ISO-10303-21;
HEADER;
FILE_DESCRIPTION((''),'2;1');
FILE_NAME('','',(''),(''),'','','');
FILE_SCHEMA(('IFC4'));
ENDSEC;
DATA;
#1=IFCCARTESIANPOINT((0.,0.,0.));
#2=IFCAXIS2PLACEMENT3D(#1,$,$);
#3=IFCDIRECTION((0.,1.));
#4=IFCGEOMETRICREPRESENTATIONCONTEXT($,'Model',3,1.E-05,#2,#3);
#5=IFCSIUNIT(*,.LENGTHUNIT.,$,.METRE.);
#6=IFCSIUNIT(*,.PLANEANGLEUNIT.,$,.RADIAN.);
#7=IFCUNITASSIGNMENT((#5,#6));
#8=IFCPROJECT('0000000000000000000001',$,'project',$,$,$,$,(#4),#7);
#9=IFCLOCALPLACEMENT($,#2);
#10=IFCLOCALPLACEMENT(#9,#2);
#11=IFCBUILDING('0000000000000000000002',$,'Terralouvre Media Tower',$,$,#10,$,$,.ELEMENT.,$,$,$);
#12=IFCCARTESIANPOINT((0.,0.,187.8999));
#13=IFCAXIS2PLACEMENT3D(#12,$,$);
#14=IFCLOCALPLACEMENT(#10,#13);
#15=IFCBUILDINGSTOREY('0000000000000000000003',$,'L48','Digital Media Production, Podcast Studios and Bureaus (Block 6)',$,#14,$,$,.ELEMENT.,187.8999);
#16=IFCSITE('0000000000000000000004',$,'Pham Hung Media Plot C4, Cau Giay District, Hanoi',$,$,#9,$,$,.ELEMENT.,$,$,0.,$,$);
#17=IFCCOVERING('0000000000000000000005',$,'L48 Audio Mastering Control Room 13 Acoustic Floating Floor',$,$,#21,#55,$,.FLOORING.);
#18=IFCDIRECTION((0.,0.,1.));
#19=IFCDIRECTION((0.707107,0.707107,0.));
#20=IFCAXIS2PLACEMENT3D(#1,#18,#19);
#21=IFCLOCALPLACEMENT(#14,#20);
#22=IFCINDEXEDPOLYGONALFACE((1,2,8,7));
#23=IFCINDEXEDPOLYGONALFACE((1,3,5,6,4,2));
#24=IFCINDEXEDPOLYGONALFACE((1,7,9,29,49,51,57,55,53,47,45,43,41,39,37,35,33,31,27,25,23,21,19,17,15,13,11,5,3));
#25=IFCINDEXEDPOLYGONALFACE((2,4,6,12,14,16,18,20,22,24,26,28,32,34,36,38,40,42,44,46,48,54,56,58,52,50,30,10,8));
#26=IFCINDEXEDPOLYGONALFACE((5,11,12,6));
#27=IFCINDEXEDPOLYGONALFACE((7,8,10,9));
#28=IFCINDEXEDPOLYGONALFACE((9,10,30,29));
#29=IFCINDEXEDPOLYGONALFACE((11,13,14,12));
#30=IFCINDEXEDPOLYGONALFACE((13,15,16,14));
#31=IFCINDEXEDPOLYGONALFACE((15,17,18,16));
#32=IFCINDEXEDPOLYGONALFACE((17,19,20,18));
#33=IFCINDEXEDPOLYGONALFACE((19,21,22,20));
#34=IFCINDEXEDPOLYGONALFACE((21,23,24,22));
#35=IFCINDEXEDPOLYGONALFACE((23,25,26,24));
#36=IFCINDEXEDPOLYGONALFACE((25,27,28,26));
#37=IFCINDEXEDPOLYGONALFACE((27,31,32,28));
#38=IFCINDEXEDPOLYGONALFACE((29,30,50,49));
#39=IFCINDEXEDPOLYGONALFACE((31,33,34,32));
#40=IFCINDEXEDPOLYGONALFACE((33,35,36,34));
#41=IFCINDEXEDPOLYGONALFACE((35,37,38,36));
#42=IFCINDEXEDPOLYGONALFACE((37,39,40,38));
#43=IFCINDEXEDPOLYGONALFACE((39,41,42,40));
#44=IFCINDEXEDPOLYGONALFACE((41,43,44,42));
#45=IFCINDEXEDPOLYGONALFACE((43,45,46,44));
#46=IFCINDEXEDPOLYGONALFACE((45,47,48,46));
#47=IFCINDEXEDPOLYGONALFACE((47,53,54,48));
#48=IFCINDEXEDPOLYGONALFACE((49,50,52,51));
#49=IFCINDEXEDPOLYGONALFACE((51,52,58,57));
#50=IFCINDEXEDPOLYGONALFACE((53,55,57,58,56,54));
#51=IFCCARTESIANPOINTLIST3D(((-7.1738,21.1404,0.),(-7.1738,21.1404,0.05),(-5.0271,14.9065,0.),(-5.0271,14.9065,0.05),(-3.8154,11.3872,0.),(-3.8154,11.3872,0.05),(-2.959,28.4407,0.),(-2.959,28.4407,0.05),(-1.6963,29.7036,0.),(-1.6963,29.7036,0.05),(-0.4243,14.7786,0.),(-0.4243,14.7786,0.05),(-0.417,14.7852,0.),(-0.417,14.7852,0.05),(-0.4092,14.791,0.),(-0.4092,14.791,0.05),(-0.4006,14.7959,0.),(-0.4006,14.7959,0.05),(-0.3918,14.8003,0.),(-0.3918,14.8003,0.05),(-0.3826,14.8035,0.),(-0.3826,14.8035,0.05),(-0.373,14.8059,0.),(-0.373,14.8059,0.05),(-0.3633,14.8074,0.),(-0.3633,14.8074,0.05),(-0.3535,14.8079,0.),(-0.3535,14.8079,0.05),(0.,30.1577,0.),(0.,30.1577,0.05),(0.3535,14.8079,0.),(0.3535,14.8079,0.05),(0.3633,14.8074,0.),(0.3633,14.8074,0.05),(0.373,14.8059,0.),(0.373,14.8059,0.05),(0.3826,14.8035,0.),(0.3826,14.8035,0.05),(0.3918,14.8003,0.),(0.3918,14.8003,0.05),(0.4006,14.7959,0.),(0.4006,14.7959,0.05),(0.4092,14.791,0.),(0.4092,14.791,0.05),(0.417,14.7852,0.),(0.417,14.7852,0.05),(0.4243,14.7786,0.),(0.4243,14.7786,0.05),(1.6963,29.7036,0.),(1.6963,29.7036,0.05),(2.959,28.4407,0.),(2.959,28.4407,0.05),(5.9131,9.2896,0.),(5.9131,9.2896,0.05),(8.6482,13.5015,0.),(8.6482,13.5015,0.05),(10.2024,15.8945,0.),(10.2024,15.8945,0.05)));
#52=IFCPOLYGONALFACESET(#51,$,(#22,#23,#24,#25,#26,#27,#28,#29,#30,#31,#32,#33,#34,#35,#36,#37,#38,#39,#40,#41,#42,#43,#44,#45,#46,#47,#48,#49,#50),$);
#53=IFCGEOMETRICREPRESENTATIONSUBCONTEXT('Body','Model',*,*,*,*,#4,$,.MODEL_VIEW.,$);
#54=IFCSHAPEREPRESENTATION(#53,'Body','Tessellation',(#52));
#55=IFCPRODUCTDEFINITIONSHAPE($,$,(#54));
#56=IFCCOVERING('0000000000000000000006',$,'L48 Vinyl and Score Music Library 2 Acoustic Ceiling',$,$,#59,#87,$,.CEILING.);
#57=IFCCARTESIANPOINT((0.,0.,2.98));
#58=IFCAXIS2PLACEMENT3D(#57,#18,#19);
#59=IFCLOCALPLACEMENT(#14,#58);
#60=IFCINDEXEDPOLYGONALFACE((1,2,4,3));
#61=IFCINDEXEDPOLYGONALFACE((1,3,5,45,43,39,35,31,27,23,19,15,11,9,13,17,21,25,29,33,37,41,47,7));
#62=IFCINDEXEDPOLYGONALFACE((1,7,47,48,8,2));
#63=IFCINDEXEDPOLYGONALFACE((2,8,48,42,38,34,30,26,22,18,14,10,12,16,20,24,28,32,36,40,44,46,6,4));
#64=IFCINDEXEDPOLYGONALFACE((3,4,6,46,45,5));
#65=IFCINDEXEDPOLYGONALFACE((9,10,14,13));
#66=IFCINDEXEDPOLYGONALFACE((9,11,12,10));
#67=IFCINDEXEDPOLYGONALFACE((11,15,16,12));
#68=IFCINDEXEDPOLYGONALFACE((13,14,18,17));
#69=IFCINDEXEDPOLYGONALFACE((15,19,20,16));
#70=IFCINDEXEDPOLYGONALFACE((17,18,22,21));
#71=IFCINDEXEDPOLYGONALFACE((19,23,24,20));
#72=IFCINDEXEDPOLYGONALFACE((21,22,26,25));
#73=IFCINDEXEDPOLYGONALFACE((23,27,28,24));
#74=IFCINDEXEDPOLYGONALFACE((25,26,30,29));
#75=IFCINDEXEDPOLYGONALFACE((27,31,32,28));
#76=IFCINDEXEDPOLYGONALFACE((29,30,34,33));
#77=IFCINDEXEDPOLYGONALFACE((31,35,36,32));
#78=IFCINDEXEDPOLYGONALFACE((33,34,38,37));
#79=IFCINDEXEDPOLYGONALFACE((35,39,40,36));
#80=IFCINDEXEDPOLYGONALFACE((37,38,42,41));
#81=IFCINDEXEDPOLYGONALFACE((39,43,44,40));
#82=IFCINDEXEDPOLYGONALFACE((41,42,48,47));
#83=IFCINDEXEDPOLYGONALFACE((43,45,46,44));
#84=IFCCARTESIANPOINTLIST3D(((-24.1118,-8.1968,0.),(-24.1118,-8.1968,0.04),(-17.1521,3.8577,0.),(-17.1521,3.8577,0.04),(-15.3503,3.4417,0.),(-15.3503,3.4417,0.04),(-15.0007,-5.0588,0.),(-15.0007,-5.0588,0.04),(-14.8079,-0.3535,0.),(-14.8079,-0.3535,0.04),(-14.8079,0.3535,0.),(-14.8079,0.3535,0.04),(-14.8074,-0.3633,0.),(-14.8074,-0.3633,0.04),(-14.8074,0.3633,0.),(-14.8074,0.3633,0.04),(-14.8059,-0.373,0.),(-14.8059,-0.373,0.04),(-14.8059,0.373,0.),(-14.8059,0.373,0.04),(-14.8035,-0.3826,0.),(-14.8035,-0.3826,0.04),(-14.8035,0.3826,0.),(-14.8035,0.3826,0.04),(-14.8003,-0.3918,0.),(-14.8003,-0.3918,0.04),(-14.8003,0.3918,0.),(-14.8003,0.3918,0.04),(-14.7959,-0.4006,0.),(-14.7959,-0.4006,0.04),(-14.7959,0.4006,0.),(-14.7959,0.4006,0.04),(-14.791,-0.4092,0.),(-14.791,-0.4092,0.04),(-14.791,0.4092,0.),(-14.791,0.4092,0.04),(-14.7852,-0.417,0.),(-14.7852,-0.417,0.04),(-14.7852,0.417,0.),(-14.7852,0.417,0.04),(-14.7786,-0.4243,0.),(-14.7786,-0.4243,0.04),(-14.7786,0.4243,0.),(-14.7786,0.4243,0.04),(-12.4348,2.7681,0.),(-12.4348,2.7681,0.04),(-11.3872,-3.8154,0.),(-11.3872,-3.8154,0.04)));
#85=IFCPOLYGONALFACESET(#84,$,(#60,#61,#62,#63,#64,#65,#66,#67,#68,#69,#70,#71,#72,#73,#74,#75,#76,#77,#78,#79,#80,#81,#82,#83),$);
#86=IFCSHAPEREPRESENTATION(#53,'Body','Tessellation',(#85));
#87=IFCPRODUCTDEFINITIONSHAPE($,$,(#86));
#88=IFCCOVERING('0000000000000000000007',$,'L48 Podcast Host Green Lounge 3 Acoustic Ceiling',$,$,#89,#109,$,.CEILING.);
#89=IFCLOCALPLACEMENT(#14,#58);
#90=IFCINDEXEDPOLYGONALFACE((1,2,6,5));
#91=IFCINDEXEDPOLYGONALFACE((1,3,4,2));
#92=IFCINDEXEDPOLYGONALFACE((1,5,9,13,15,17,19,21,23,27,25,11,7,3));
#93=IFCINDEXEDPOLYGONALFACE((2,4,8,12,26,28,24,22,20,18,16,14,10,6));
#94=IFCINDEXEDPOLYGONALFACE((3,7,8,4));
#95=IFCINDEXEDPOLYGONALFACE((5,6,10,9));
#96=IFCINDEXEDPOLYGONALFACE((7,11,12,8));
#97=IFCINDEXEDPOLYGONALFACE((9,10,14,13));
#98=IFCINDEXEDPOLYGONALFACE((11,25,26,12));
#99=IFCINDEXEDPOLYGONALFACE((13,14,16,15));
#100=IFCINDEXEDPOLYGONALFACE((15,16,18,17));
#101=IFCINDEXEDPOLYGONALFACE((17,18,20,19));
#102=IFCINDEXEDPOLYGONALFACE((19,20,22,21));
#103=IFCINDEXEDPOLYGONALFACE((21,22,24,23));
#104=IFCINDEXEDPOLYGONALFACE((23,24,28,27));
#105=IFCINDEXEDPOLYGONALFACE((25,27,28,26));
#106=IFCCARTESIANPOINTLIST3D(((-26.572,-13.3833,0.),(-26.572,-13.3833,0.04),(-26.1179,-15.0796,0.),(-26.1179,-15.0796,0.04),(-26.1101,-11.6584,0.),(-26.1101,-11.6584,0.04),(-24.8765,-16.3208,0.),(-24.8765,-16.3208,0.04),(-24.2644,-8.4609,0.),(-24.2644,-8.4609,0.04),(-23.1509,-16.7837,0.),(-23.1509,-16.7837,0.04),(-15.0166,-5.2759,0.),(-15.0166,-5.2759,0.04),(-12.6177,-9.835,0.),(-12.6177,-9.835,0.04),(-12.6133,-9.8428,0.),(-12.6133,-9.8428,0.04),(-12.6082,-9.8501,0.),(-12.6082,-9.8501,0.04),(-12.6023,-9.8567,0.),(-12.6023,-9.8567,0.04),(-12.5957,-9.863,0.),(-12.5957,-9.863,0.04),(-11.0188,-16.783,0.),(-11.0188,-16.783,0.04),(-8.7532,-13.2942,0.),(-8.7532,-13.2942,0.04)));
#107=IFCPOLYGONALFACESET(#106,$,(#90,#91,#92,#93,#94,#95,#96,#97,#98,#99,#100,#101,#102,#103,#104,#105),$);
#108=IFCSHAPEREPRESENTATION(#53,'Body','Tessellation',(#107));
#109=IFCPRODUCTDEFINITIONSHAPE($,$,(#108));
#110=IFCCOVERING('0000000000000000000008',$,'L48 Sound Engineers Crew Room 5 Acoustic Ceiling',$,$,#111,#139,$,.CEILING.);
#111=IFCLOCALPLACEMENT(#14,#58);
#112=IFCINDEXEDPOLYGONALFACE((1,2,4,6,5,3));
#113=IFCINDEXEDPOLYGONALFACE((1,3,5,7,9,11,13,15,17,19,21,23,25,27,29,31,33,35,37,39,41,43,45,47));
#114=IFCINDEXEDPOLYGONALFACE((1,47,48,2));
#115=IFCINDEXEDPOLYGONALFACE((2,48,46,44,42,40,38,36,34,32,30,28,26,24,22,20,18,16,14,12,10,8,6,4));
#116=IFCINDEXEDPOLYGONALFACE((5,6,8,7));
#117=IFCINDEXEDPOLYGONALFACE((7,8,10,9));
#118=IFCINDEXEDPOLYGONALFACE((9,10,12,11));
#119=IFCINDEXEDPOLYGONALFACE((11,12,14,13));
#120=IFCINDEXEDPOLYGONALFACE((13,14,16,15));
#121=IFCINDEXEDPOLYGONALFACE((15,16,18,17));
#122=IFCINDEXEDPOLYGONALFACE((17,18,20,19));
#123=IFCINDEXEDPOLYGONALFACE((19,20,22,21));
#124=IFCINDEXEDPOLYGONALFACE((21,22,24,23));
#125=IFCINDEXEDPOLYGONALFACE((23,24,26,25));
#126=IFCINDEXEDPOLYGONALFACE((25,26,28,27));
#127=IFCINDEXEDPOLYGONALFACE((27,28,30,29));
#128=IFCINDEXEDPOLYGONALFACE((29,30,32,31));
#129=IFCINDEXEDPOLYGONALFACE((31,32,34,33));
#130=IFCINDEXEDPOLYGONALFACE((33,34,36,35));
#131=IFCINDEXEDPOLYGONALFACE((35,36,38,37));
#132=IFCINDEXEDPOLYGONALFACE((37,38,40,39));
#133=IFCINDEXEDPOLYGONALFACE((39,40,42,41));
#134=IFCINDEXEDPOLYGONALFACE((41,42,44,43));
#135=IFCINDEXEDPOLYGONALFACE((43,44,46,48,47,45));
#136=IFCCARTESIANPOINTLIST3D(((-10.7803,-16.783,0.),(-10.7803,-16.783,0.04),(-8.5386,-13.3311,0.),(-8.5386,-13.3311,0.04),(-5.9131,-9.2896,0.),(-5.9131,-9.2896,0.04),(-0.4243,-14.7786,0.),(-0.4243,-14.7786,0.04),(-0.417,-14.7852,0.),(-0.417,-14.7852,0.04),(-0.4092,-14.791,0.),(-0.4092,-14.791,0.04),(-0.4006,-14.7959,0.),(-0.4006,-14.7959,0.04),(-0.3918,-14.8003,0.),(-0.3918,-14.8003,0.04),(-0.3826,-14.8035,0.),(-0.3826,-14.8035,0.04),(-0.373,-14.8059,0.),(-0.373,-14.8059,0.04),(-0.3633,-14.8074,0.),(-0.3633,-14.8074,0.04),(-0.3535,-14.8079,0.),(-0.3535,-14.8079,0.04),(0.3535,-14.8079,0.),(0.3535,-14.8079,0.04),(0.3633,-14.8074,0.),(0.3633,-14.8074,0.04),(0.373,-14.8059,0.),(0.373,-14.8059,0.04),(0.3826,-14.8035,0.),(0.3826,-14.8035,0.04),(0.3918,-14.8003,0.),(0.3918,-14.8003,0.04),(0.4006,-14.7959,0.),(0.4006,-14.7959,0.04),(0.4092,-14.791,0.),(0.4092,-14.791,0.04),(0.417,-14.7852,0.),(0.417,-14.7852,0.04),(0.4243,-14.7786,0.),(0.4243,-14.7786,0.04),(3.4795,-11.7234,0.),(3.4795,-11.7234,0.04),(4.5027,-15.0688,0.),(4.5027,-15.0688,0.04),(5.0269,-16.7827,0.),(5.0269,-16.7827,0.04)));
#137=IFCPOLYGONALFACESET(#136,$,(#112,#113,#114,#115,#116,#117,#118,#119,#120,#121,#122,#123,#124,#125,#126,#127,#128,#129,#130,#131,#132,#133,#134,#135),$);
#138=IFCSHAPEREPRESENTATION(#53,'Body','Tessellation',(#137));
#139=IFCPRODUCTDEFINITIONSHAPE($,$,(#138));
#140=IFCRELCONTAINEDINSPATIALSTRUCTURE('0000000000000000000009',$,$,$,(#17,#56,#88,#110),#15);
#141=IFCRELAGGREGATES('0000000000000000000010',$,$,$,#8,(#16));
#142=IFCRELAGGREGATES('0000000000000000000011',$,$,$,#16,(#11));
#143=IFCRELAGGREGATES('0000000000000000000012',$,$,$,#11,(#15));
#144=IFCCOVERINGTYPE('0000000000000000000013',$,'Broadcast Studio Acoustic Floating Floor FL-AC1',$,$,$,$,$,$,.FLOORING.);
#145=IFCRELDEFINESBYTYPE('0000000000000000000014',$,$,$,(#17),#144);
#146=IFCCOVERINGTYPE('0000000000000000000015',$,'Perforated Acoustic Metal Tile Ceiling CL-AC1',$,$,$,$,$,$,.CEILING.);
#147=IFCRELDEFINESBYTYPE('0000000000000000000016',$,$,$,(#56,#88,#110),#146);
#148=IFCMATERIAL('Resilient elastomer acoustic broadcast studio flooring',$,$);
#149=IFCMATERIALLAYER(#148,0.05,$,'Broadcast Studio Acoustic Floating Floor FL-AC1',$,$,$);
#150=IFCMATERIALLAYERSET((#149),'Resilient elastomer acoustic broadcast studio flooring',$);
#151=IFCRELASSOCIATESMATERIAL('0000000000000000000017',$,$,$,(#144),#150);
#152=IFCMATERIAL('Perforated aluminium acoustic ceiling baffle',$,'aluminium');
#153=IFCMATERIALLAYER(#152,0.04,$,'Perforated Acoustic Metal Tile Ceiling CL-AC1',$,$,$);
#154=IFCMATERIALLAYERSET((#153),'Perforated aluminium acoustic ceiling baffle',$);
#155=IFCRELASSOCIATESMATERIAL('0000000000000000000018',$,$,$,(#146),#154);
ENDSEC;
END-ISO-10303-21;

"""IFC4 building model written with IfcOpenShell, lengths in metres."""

from ifc_helpers import new_model, si_unit, direction, frame, origin, place, context, subcontext, project, spatial, polyline, outline, extrude, material, layer, layer_set, type_object, element, save


model = new_model("IFC4")

# Units and contexts
model_context = context("Model", 3, precision=1e-05, world=origin(), true_north=direction((0.0, 1.0)))
body_context = subcontext(model_context, "Body", "Model", "MODEL_VIEW")
ifc_project = project(units=[si_unit("LENGTHUNIT", "METRE"), si_unit("PLANEANGLEUNIT", "RADIAN")], contexts=[model_context])

# Site, building, storey
site_placement = place(None, origin())
site = spatial("IfcSite", under=ifc_project, at=site_placement, Name="Pham Hung Media Plot C4, Cau Giay District, Hanoi", CompositionType="ELEMENT", RefElevation=0.0)
building_placement = place(site_placement, origin())
building = spatial("IfcBuilding", under=site, at=building_placement, Name="Terralouvre Media Tower", CompositionType="ELEMENT")
storey_placement = place(building_placement, frame((0.0, 0.0, 187.8999)))
storey = spatial("IfcBuildingStorey", under=building, at=storey_placement, Name="L48", Description="Digital Media Production, Podcast Studios and Bureaus (Block 6)", CompositionType="ELEMENT", Elevation=187.8999)

# Coverings
ifc_material_1 = material(Name="Resilient elastomer acoustic broadcast studio flooring")
ifc_layer_1 = layer(ifc_material_1, 0.05, Name="Broadcast Studio Acoustic Floating Floor FL-AC1")
ifc_layer_set_1 = layer_set([ifc_layer_1], Name="Resilient elastomer acoustic broadcast studio flooring")
covering_type_1 = type_object("IfcCoveringType", Name="Broadcast Studio Acoustic Floating Floor FL-AC1", PredefinedType="FLOORING", material=ifc_layer_set_1)
covering_1_placement = place(storey_placement, frame((0.0, 0.0, 0.0), z_axis=(0.0, 0.0, 1.0), x_axis=(0.707107, 0.707107, 0.0)))
element("IfcCovering", 1, at=covering_1_placement, inside=storey, type_object=covering_type_1, Name="L48 Audio Mastering Control Room 13 Acoustic Floating Floor", PredefinedType="FLOORING", context=body_context, shape_type="SweptSolid", body=[
    extrude(outline(polyline([(-5.0271, 14.9065), (-3.8154, 11.3872), (-0.4243, 14.7786), (-0.417, 14.7852), (-0.4092, 14.791), (-0.4006, 14.7959), (-0.3918, 14.8003), (-0.3826, 14.8035), (-0.373, 14.8059), (-0.3633, 14.8074), (-0.3535, 14.8079), (0.3535, 14.8079), (0.3633, 14.8074), (0.373, 14.8059), (0.3826, 14.8035), (0.3918, 14.8003), (0.4006, 14.7959), (0.4092, 14.791), (0.417, 14.7852), (0.4243, 14.7786), (5.9131, 9.2896), (8.6482, 13.5015), (10.2024, 15.8945), (2.959, 28.4407), (1.6963, 29.7036), (0.0, 30.1577), (-1.6963, 29.7036), (-2.959, 28.4407), (-7.1738, 21.1404), (-5.0271, 14.9065)])), origin(), (0.0, 0.0, 1.0), 0.05),
])
ifc_material_2 = material(Name="Perforated aluminium acoustic ceiling baffle", Category="aluminium")
ifc_layer_2 = layer(ifc_material_2, 0.04, Name="Perforated Acoustic Metal Tile Ceiling CL-AC1")
ifc_layer_set_2 = layer_set([ifc_layer_2], Name="Perforated aluminium acoustic ceiling baffle")
covering_type_2 = type_object("IfcCoveringType", Name="Perforated Acoustic Metal Tile Ceiling CL-AC1", PredefinedType="CEILING", material=ifc_layer_set_2)
covering_2_placement = place(storey_placement, frame((0.0, 0.0, 2.98), z_axis=(0.0, 0.0, 1.0), x_axis=(0.707107, 0.707107, 0.0)))
element("IfcCovering", 2, at=covering_2_placement, inside=storey, type_object=covering_type_2, Name="L48 Vinyl and Score Music Library 2 Acoustic Ceiling", PredefinedType="CEILING", context=body_context, shape_type="SweptSolid", body=[
    extrude(outline(polyline([(-11.3872, -3.8154), (-14.7786, -0.4243), (-14.7852, -0.417), (-14.791, -0.4092), (-14.7959, -0.4006), (-14.8003, -0.3918), (-14.8035, -0.3826), (-14.8059, -0.373), (-14.8074, -0.3633), (-14.8079, -0.3535), (-14.8079, 0.3535), (-14.8074, 0.3633), (-14.8059, 0.373), (-14.8035, 0.3826), (-14.8003, 0.3918), (-14.7959, 0.4006), (-14.791, 0.4092), (-14.7852, 0.417), (-14.7786, 0.4243), (-12.4348, 2.7681), (-15.3503, 3.4417), (-17.1521, 3.8577), (-24.1118, -8.1968), (-15.0007, -5.0588), (-11.3872, -3.8154)])), origin(), (0.0, 0.0, 1.0), 0.04),
])
covering_3_placement = place(storey_placement, frame((0.0, 0.0, 2.98), z_axis=(0.0, 0.0, 1.0), x_axis=(0.707107, 0.707107, 0.0)))
element("IfcCovering", 3, at=covering_3_placement, inside=storey, type_object=covering_type_2, Name="L48 Podcast Host Green Lounge 3 Acoustic Ceiling", PredefinedType="CEILING", context=body_context, shape_type="SweptSolid", body=[
    extrude(outline(polyline([(-12.5957, -9.863), (-12.6023, -9.8567), (-12.6082, -9.8501), (-12.6133, -9.8428), (-12.6177, -9.835), (-15.0166, -5.2759), (-24.2644, -8.4609), (-26.1101, -11.6584), (-26.572, -13.3833), (-26.1179, -15.0796), (-24.8765, -16.3208), (-23.1509, -16.7837), (-11.0188, -16.783), (-8.7532, -13.2942), (-12.5957, -9.863)])), origin(), (0.0, 0.0, 1.0), 0.04),
])
covering_4_placement = place(storey_placement, frame((0.0, 0.0, 2.98), z_axis=(0.0, 0.0, 1.0), x_axis=(0.707107, 0.707107, 0.0)))
element("IfcCovering", 4, at=covering_4_placement, inside=storey, type_object=covering_type_2, Name="L48 Sound Engineers Crew Room 5 Acoustic Ceiling", PredefinedType="CEILING", context=body_context, shape_type="SweptSolid", body=[
    extrude(outline(polyline([(3.4795, -11.7234), (0.4243, -14.7786), (0.417, -14.7852), (0.4092, -14.791), (0.4006, -14.7959), (0.3918, -14.8003), (0.3826, -14.8035), (0.373, -14.8059), (0.3633, -14.8074), (0.3535, -14.8079), (-0.3535, -14.8079), (-0.3633, -14.8074), (-0.373, -14.8059), (-0.3826, -14.8035), (-0.3918, -14.8003), (-0.4006, -14.7959), (-0.4092, -14.791), (-0.417, -14.7852), (-0.4243, -14.7786), (-5.9131, -9.2896), (-8.5386, -13.3311), (-10.7803, -16.783), (5.0269, -16.7827), (4.5027, -15.0688), (3.4795, -11.7234)])), origin(), (0.0, 0.0, 1.0), 0.04),
])

save(model, "model.ifc")
